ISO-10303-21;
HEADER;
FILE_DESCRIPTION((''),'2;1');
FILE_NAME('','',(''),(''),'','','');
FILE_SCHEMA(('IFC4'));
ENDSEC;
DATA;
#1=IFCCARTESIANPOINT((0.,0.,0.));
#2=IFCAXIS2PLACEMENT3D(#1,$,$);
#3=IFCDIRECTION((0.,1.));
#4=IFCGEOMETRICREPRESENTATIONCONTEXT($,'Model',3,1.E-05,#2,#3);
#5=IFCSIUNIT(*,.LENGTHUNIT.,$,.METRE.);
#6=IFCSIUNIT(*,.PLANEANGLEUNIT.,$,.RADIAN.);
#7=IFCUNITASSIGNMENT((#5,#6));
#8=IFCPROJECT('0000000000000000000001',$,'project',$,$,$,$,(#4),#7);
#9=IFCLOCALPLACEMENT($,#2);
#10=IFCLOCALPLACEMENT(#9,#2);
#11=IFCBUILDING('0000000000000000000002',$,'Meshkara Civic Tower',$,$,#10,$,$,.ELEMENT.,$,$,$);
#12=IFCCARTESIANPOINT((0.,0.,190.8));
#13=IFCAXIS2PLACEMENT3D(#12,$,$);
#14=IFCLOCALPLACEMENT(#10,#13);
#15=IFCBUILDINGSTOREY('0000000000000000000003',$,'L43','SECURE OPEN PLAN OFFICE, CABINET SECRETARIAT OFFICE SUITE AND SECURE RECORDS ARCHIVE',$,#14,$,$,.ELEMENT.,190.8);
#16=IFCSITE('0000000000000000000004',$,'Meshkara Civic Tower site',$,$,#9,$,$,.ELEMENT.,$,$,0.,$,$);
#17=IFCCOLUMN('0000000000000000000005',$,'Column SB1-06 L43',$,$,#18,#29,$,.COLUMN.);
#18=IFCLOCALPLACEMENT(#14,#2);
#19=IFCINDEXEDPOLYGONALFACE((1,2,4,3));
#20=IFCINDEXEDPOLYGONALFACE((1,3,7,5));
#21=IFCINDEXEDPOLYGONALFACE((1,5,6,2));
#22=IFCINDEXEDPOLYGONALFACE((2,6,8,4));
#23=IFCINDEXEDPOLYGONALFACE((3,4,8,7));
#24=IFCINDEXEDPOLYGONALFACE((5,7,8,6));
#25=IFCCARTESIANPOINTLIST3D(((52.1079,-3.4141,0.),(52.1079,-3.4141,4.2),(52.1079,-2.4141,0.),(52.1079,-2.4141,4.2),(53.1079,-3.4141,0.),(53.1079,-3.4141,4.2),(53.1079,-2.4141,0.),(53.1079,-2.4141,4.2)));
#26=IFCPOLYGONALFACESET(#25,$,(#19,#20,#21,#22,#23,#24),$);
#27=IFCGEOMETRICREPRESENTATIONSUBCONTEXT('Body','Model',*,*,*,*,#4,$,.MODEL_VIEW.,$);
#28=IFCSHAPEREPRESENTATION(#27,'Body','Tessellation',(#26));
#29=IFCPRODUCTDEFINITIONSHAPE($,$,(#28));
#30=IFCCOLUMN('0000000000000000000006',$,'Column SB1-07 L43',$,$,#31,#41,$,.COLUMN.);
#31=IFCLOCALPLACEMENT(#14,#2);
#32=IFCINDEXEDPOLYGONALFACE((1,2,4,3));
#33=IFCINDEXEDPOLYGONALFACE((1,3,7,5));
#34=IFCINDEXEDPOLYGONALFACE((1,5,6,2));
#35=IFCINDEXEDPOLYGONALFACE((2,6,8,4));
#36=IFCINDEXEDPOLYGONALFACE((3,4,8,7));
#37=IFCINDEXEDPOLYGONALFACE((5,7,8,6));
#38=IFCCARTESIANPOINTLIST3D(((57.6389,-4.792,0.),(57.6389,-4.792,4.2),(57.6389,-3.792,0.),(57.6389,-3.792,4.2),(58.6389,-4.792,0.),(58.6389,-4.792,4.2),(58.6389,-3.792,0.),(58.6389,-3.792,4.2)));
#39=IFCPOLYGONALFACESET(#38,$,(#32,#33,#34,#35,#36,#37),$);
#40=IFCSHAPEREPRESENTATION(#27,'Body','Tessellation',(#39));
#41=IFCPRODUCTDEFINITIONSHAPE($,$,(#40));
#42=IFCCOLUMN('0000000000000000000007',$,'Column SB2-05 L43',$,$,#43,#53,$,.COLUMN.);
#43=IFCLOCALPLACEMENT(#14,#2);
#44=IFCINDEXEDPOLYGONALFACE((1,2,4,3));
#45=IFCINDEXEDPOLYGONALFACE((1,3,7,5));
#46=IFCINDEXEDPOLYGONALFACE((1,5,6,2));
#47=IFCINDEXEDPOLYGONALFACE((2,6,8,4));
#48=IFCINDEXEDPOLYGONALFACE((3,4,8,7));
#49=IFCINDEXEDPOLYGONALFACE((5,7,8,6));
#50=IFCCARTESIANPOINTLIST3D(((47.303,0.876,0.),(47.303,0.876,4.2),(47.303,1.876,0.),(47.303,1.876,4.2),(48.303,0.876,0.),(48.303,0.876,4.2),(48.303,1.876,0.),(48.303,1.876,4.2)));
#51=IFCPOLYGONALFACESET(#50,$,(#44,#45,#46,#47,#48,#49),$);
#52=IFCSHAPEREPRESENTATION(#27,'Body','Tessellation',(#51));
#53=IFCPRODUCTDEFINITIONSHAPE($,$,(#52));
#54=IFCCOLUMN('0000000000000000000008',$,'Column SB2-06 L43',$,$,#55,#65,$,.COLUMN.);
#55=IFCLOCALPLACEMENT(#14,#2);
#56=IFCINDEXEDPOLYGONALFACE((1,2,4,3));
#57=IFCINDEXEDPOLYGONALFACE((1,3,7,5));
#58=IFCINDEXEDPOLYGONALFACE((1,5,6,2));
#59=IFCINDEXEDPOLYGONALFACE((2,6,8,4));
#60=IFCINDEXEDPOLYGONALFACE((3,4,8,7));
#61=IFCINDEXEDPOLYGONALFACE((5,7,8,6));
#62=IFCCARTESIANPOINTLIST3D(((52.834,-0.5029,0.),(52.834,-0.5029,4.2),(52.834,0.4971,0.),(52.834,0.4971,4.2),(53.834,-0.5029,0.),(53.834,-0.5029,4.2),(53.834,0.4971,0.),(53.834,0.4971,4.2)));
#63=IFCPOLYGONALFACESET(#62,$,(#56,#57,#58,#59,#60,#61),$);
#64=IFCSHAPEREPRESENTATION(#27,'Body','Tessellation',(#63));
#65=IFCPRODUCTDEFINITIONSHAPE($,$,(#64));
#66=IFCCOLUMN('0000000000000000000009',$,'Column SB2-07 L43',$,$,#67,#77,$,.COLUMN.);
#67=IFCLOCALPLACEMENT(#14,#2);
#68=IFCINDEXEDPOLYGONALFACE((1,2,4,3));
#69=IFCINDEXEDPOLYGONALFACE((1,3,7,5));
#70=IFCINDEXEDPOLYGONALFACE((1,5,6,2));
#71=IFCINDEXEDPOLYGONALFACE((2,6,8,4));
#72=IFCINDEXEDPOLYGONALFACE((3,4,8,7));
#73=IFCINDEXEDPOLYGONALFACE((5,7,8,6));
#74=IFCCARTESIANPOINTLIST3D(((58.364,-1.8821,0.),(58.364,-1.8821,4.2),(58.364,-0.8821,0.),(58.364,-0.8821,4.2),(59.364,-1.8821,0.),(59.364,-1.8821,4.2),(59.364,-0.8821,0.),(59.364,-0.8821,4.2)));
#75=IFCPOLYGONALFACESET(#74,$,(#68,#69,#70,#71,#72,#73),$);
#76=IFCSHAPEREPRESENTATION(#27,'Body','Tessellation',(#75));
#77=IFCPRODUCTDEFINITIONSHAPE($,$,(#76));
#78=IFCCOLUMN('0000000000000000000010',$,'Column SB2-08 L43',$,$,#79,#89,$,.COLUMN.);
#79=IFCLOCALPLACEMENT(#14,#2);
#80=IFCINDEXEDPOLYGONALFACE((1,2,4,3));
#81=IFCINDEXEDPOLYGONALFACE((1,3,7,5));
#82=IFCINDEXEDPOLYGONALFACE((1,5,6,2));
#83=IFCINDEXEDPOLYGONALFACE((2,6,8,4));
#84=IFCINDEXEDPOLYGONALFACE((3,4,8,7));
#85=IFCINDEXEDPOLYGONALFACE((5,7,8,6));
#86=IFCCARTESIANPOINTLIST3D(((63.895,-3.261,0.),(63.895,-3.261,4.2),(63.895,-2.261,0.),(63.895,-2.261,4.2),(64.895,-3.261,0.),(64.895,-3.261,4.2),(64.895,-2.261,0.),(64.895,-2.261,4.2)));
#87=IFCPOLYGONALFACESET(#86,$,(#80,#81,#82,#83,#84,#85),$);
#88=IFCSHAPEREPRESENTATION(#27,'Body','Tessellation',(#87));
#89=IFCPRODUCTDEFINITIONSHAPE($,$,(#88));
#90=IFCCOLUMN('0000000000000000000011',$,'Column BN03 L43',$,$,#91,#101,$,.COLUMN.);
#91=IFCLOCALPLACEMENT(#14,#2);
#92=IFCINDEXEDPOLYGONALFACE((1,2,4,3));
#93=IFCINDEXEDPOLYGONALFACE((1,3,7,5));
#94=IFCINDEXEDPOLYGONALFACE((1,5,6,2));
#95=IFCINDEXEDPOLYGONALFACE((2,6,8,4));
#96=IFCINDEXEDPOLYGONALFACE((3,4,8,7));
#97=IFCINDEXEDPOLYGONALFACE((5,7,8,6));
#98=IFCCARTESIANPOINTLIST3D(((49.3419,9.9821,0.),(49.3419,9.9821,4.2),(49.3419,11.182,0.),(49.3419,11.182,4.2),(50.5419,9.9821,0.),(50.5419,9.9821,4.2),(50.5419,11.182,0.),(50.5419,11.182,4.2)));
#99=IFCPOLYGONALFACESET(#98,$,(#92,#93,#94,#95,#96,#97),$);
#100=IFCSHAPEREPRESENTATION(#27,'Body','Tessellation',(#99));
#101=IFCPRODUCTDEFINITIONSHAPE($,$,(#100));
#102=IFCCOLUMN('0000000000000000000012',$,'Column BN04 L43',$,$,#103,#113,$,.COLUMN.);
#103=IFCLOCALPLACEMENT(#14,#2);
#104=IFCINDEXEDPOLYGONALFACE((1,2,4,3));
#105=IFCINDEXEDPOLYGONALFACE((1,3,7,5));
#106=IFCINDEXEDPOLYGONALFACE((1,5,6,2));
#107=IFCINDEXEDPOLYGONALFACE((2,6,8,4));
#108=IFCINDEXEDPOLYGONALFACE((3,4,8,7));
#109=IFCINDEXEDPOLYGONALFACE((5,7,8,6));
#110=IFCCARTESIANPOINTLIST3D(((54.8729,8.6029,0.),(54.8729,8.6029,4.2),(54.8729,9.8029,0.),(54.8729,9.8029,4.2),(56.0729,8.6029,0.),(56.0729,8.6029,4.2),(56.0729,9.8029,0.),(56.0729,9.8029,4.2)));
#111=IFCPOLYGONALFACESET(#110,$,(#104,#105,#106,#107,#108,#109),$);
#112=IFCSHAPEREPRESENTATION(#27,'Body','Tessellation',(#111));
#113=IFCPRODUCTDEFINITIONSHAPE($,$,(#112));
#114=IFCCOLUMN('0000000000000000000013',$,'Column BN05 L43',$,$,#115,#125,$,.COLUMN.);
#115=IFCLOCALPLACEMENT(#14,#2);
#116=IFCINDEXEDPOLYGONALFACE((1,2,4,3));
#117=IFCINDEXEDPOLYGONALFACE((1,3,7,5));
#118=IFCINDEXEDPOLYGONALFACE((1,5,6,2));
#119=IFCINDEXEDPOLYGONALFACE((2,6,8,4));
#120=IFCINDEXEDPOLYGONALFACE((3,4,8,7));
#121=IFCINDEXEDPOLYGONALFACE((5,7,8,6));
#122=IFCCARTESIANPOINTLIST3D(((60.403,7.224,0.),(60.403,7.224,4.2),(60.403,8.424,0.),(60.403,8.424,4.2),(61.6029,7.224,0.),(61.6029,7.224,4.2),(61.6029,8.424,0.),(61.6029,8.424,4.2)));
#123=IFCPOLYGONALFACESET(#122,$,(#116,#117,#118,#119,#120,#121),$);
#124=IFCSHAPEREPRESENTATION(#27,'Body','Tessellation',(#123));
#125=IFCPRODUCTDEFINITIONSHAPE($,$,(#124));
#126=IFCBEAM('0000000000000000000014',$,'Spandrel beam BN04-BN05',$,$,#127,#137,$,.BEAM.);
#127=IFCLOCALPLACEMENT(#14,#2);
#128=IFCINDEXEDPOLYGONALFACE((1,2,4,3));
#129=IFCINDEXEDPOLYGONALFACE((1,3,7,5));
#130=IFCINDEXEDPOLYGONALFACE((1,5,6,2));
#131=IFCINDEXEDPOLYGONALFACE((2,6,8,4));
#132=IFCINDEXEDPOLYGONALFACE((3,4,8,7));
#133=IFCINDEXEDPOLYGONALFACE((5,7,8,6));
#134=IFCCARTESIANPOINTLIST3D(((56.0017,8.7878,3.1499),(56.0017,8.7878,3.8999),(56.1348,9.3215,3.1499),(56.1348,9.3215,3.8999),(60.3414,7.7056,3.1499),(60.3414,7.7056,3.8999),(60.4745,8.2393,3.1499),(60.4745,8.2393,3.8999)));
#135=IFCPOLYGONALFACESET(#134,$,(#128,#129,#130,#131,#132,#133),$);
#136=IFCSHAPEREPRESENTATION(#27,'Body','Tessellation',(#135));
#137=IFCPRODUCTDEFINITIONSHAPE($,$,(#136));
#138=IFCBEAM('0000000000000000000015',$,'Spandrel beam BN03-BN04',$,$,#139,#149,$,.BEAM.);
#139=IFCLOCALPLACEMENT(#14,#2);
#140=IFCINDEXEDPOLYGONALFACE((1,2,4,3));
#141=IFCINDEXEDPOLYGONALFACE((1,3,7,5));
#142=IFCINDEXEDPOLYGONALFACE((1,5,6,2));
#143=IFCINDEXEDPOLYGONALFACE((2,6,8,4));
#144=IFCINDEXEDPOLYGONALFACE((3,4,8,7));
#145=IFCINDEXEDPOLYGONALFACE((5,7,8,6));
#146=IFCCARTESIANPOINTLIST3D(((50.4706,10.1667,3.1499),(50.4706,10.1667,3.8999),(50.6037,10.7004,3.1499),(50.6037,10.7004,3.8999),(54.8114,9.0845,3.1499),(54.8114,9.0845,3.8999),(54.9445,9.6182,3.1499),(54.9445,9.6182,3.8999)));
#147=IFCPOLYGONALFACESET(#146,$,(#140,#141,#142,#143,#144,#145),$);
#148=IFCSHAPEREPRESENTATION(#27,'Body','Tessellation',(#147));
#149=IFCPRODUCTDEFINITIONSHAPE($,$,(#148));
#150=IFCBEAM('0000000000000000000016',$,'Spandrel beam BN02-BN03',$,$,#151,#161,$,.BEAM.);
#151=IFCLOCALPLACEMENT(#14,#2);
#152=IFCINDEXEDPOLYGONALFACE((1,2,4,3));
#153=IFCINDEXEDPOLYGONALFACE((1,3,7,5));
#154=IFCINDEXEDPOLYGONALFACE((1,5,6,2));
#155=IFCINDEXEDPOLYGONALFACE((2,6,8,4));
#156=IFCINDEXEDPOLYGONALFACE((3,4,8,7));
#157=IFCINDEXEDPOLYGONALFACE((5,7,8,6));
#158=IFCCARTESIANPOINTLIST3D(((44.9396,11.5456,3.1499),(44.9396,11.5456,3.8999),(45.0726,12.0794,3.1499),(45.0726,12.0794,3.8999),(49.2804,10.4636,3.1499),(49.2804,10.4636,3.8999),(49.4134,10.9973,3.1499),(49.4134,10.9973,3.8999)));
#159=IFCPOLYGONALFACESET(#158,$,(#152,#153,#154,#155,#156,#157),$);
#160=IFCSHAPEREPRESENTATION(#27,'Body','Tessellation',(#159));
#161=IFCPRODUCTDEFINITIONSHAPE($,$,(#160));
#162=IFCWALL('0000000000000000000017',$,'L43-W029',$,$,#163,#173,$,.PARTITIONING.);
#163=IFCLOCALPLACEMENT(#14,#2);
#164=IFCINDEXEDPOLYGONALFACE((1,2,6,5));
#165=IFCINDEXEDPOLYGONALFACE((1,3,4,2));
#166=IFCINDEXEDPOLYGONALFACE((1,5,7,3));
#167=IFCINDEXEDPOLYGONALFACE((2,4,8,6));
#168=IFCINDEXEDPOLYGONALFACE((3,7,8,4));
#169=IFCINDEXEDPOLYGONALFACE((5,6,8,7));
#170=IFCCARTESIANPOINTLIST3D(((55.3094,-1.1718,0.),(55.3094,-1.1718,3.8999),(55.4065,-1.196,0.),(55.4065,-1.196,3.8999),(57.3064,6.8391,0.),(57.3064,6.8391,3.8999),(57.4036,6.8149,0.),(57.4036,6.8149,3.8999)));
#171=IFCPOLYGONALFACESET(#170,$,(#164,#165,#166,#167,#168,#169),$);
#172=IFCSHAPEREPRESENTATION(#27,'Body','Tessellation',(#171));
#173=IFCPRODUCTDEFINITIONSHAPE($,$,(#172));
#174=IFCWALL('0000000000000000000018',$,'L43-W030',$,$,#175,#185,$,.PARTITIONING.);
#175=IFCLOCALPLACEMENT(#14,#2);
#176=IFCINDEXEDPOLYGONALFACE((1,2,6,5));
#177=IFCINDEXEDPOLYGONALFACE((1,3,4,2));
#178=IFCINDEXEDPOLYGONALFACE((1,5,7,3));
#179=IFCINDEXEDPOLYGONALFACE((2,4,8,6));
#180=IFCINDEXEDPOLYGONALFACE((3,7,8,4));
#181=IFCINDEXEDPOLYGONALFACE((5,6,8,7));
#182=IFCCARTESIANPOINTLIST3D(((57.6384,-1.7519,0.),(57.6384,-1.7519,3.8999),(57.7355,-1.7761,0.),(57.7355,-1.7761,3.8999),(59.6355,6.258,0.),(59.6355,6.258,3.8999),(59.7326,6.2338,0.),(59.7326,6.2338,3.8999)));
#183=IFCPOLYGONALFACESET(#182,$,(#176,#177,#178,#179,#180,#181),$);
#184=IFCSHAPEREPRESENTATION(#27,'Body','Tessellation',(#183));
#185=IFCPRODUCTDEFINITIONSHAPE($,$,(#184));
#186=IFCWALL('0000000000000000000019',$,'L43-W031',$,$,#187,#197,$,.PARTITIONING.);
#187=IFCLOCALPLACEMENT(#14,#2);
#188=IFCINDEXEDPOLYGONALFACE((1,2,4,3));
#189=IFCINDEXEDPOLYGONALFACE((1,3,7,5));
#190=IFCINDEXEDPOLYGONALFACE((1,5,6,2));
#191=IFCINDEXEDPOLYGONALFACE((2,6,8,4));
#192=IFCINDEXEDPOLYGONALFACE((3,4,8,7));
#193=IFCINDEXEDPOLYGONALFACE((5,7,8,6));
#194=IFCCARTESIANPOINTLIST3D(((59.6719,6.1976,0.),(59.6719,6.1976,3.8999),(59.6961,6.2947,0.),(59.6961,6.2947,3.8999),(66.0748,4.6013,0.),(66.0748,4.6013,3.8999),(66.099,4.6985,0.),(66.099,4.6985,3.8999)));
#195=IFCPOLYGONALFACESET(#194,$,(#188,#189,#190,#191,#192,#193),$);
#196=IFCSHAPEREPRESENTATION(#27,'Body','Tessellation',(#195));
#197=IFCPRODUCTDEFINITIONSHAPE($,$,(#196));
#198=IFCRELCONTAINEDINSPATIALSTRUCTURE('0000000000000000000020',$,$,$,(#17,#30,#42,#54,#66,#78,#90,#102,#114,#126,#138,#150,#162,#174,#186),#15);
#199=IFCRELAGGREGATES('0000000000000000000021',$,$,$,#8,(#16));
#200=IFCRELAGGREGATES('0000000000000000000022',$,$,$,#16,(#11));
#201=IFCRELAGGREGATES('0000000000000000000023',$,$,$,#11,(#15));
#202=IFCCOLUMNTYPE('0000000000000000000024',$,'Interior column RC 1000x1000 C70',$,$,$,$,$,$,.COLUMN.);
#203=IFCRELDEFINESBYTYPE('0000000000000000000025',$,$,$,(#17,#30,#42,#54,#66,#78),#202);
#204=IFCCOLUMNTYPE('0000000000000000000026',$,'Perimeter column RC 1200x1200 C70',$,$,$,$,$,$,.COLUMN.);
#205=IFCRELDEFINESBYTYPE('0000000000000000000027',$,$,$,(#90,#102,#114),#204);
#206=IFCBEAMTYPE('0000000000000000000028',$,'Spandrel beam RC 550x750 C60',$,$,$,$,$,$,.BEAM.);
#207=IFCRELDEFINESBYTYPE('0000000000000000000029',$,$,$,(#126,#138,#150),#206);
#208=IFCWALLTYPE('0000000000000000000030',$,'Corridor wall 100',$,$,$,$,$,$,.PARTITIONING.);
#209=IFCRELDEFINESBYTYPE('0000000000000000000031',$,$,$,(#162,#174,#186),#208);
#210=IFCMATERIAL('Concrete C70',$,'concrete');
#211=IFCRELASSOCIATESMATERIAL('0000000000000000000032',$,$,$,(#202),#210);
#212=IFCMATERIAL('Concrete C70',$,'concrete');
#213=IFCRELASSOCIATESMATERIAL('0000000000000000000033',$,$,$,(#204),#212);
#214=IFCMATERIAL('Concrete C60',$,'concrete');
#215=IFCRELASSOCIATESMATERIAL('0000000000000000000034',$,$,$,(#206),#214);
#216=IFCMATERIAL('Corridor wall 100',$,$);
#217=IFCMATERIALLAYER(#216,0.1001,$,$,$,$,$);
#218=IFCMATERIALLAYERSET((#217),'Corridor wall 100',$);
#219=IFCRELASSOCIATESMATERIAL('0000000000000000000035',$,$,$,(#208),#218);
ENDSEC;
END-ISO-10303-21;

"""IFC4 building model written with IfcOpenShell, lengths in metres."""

from ifc_helpers import new_model, si_unit, direction, frame, frame_2d, origin, origin_2d, place, context, subcontext, project, spatial, rectangle, extrude, material, layer, layer_set, material_profile, profile_set, type_object, element, save


model = new_model("IFC4")

# Units and contexts
model_context = context("Model", 3, precision=1e-05, world=origin(), true_north=direction((0.0, 1.0)))
body_context = subcontext(model_context, "Body", "Model", "MODEL_VIEW")
ifc_project = project(units=[si_unit("LENGTHUNIT", "METRE"), si_unit("PLANEANGLEUNIT", "RADIAN")], contexts=[model_context])

# Site, building, storey
site_placement = place(None, origin())
site = spatial("IfcSite", under=ifc_project, at=site_placement, Name="Meshkara Civic Tower site", CompositionType="ELEMENT", RefElevation=0.0)
building_placement = place(site_placement, origin())
building = spatial("IfcBuilding", under=site, at=building_placement, Name="Meshkara Civic Tower", CompositionType="ELEMENT")
storey_placement = place(building_placement, frame((0.0, 0.0, 190.8)))
storey = spatial("IfcBuildingStorey", under=building, at=storey_placement, Name="L43", Description="SECURE OPEN PLAN OFFICE, CABINET SECRETARIAT OFFICE SUITE AND SECURE RECORDS ARCHIVE", CompositionType="ELEMENT", Elevation=190.8)

# Columns
ifc_material_1 = material(Name="Concrete C70", Category="concrete")
ifc_material_profile_1 = material_profile(ifc_material_1, rectangle(XDim=1.0, YDim=1.0, at=origin_2d()))
ifc_profile_set_1 = profile_set([ifc_material_profile_1], Name="Concrete C70")
column_type_1 = type_object("IfcColumnType", Name="Interior column RC 1000x1000 C70", PredefinedType="COLUMN", material=ifc_profile_set_1)
for number, where, z_axis, x_axis, name in (
    (1, (52.6079, -2.9141, 0.0), (0.0, 0.0, 1.0), (1.0, 0.0, 0.0), "Column SB1-06 L43"),
    (2, (58.1389, -4.292, 0.0), (0.0, 0.0, 1.0), (1.0, 0.0, 0.0), "Column SB1-07 L43"),
    (3, (47.803, 1.376, 0.0), (0.0, 0.0, 1.0), (1.0, 0.0, 0.0), "Column SB2-05 L43"),
    (4, (53.334, -0.0029, 0.0), (0.0, 0.0, 1.0), (1.0, 0.0, 0.0), "Column SB2-06 L43"),
    (5, (58.864, -1.3821, 0.0), (0.0, 0.0, 1.0), (1.0, 0.0, 0.0), "Column SB2-07 L43"),
    (6, (64.395, -2.761, 0.0), (0.0, 0.0, 1.0), (1.0, 0.0, 0.0), "Column SB2-08 L43"),
):
    element("IfcColumn", number, at=place(storey_placement, frame(where, z_axis=z_axis, x_axis=x_axis)), inside=storey, type_object=column_type_1, Name=name, PredefinedType="COLUMN", context=body_context, shape_type="SweptSolid", body=[
        extrude(rectangle(XDim=1.0, YDim=1.0, at=origin_2d()), origin(), (0.0, 0.0, 1.0), 4.2),
    ])
ifc_material_2 = material(Name="Concrete C70", Category="concrete")
ifc_material_profile_2 = material_profile(ifc_material_2, rectangle(XDim=1.2, YDim=1.2, at=origin_2d()))
ifc_profile_set_2 = profile_set([ifc_material_profile_2], Name="Concrete C70")
column_type_2 = type_object("IfcColumnType", Name="Perimeter column RC 1200x1200 C70", PredefinedType="COLUMN", material=ifc_profile_set_2)
for number, where, z_axis, x_axis, name in (
    (7, (49.9419, 10.582, 0.0), (0.0, 0.0, 1.0), (1.0, 0.0, 0.0), "Column BN03 L43"),
    (8, (55.4729, 9.2029, 0.0), (0.0, 0.0, 1.0), (1.0, 0.0, 0.0), "Column BN04 L43"),
    (9, (61.0029, 7.824, 0.0), (0.0, 0.0, 1.0), (1.0, 0.0, 0.0), "Column BN05 L43"),
):
    element("IfcColumn", number, at=place(storey_placement, frame(where, z_axis=z_axis, x_axis=x_axis)), inside=storey, type_object=column_type_2, Name=name, PredefinedType="COLUMN", context=body_context, shape_type="SweptSolid", body=[
        extrude(rectangle(XDim=1.2, YDim=1.2, at=origin_2d()), origin(), (0.0, 0.0, 1.0), 4.2),
    ])

# Beams
ifc_material_3 = material(Name="Concrete C60", Category="concrete")
ifc_material_profile_3 = material_profile(ifc_material_3, rectangle(XDim=0.55, YDim=0.75, at=origin_2d()))
ifc_profile_set_3 = profile_set([ifc_material_profile_3], Name="Concrete C60")
beam_type = type_object("IfcBeamType", Name="Spandrel beam RC 550x750 C60", PredefinedType="BEAM", material=ifc_profile_set_3)
beam_placement = place(storey_placement, frame((60.408, 7.9724, 3.5249), z_axis=(-0.970284, 0.24197, 0.0), x_axis=(-0.24197, -0.970284, 0.0)))
element("IfcBeam", 10, at=beam_placement, inside=storey, type_object=beam_type, Name="Spandrel beam BN04-BN05", PredefinedType="BEAM", context=body_context, shape_type="SweptSolid", body=[
    extrude(rectangle(XDim=0.55, YDim=0.75, at=origin_2d()), origin(), (0.0, 0.0, 1.0), 4.4727),
])
for number, where, z_axis, x_axis, name in (
    (11, (54.8779, 9.3513, 3.5249), (-0.970296, 0.241919, 0.0), (-0.241919, -0.970296, 0.0), "Spandrel beam BN03-BN04"),
    (12, (49.3469, 10.7305, 3.5249), (-0.970309, 0.241868, 0.0), (-0.241868, -0.970309, 0.0), "Spandrel beam BN02-BN03"),
):
    element("IfcBeam", number, at=place(storey_placement, frame(where, z_axis=z_axis, x_axis=x_axis)), inside=storey, type_object=beam_type, Name=name, PredefinedType="BEAM", context=body_context, shape_type="SweptSolid", body=[
        extrude(rectangle(XDim=0.55, YDim=0.75, at=origin_2d()), origin(), (0.0, 0.0, 1.0), 4.4736),
    ])

# Walls
ifc_material_4 = material(Name="Corridor wall 100")
ifc_layer_1 = layer(ifc_material_4, 0.1001)
ifc_layer_set_1 = layer_set([ifc_layer_1], Name="Corridor wall 100")
wall_type_1 = type_object("IfcWallType", Name="Corridor wall 100", PredefinedType="PARTITIONING", material=ifc_layer_set_1)
wall_1_placement = place(storey_placement, frame((57.355, 6.8269, 0.0), z_axis=(0.0, 0.0, 1.0), x_axis=(-0.241888, -0.970304, 0.0)))
element("IfcWall", 13, at=wall_1_placement, inside=storey, type_object=wall_type_1, Name="L43-W029", PredefinedType="PARTITIONING", context=body_context, shape_type="SweptSolid", body=[
    extrude(rectangle(XDim=8.2561, YDim=0.1001, at=frame_2d((4.1279, 0.0))), origin(), (0.0, 0.0, 1.0), 3.8999),
])
wall_2_placement = place(storey_placement, frame((57.687, -1.7639, 0.0), z_axis=(0.0, 0.0, 1.0), x_axis=(0.241916, 0.970297, 0.0)))
element("IfcWall", 14, at=wall_2_placement, inside=storey, type_object=wall_type_1, Name="L43-W030", PredefinedType="PARTITIONING", context=body_context, shape_type="SweptSolid", body=[
    extrude(rectangle(XDim=8.2551, YDim=0.1001, at=frame_2d((4.1274, 0.0))), origin(), (0.0, 0.0, 1.0), 3.8999),
])
wall_3_placement = place(storey_placement, frame((59.6841, 6.2461, 0.0), z_axis=(0.0, 0.0, 1.0), x_axis=(0.970303, -0.241891, 0.0)))
element("IfcWall", 15, at=wall_3_placement, inside=storey, type_object=wall_type_1, Name="L43-W031", PredefinedType="PARTITIONING", context=body_context, shape_type="SweptSolid", body=[
    extrude(rectangle(XDim=6.5989, YDim=0.1001, at=frame_2d((3.2993, 0.0))), origin(), (0.0, 0.0, 1.0), 3.8999),
])

save(model, "model.ifc")
